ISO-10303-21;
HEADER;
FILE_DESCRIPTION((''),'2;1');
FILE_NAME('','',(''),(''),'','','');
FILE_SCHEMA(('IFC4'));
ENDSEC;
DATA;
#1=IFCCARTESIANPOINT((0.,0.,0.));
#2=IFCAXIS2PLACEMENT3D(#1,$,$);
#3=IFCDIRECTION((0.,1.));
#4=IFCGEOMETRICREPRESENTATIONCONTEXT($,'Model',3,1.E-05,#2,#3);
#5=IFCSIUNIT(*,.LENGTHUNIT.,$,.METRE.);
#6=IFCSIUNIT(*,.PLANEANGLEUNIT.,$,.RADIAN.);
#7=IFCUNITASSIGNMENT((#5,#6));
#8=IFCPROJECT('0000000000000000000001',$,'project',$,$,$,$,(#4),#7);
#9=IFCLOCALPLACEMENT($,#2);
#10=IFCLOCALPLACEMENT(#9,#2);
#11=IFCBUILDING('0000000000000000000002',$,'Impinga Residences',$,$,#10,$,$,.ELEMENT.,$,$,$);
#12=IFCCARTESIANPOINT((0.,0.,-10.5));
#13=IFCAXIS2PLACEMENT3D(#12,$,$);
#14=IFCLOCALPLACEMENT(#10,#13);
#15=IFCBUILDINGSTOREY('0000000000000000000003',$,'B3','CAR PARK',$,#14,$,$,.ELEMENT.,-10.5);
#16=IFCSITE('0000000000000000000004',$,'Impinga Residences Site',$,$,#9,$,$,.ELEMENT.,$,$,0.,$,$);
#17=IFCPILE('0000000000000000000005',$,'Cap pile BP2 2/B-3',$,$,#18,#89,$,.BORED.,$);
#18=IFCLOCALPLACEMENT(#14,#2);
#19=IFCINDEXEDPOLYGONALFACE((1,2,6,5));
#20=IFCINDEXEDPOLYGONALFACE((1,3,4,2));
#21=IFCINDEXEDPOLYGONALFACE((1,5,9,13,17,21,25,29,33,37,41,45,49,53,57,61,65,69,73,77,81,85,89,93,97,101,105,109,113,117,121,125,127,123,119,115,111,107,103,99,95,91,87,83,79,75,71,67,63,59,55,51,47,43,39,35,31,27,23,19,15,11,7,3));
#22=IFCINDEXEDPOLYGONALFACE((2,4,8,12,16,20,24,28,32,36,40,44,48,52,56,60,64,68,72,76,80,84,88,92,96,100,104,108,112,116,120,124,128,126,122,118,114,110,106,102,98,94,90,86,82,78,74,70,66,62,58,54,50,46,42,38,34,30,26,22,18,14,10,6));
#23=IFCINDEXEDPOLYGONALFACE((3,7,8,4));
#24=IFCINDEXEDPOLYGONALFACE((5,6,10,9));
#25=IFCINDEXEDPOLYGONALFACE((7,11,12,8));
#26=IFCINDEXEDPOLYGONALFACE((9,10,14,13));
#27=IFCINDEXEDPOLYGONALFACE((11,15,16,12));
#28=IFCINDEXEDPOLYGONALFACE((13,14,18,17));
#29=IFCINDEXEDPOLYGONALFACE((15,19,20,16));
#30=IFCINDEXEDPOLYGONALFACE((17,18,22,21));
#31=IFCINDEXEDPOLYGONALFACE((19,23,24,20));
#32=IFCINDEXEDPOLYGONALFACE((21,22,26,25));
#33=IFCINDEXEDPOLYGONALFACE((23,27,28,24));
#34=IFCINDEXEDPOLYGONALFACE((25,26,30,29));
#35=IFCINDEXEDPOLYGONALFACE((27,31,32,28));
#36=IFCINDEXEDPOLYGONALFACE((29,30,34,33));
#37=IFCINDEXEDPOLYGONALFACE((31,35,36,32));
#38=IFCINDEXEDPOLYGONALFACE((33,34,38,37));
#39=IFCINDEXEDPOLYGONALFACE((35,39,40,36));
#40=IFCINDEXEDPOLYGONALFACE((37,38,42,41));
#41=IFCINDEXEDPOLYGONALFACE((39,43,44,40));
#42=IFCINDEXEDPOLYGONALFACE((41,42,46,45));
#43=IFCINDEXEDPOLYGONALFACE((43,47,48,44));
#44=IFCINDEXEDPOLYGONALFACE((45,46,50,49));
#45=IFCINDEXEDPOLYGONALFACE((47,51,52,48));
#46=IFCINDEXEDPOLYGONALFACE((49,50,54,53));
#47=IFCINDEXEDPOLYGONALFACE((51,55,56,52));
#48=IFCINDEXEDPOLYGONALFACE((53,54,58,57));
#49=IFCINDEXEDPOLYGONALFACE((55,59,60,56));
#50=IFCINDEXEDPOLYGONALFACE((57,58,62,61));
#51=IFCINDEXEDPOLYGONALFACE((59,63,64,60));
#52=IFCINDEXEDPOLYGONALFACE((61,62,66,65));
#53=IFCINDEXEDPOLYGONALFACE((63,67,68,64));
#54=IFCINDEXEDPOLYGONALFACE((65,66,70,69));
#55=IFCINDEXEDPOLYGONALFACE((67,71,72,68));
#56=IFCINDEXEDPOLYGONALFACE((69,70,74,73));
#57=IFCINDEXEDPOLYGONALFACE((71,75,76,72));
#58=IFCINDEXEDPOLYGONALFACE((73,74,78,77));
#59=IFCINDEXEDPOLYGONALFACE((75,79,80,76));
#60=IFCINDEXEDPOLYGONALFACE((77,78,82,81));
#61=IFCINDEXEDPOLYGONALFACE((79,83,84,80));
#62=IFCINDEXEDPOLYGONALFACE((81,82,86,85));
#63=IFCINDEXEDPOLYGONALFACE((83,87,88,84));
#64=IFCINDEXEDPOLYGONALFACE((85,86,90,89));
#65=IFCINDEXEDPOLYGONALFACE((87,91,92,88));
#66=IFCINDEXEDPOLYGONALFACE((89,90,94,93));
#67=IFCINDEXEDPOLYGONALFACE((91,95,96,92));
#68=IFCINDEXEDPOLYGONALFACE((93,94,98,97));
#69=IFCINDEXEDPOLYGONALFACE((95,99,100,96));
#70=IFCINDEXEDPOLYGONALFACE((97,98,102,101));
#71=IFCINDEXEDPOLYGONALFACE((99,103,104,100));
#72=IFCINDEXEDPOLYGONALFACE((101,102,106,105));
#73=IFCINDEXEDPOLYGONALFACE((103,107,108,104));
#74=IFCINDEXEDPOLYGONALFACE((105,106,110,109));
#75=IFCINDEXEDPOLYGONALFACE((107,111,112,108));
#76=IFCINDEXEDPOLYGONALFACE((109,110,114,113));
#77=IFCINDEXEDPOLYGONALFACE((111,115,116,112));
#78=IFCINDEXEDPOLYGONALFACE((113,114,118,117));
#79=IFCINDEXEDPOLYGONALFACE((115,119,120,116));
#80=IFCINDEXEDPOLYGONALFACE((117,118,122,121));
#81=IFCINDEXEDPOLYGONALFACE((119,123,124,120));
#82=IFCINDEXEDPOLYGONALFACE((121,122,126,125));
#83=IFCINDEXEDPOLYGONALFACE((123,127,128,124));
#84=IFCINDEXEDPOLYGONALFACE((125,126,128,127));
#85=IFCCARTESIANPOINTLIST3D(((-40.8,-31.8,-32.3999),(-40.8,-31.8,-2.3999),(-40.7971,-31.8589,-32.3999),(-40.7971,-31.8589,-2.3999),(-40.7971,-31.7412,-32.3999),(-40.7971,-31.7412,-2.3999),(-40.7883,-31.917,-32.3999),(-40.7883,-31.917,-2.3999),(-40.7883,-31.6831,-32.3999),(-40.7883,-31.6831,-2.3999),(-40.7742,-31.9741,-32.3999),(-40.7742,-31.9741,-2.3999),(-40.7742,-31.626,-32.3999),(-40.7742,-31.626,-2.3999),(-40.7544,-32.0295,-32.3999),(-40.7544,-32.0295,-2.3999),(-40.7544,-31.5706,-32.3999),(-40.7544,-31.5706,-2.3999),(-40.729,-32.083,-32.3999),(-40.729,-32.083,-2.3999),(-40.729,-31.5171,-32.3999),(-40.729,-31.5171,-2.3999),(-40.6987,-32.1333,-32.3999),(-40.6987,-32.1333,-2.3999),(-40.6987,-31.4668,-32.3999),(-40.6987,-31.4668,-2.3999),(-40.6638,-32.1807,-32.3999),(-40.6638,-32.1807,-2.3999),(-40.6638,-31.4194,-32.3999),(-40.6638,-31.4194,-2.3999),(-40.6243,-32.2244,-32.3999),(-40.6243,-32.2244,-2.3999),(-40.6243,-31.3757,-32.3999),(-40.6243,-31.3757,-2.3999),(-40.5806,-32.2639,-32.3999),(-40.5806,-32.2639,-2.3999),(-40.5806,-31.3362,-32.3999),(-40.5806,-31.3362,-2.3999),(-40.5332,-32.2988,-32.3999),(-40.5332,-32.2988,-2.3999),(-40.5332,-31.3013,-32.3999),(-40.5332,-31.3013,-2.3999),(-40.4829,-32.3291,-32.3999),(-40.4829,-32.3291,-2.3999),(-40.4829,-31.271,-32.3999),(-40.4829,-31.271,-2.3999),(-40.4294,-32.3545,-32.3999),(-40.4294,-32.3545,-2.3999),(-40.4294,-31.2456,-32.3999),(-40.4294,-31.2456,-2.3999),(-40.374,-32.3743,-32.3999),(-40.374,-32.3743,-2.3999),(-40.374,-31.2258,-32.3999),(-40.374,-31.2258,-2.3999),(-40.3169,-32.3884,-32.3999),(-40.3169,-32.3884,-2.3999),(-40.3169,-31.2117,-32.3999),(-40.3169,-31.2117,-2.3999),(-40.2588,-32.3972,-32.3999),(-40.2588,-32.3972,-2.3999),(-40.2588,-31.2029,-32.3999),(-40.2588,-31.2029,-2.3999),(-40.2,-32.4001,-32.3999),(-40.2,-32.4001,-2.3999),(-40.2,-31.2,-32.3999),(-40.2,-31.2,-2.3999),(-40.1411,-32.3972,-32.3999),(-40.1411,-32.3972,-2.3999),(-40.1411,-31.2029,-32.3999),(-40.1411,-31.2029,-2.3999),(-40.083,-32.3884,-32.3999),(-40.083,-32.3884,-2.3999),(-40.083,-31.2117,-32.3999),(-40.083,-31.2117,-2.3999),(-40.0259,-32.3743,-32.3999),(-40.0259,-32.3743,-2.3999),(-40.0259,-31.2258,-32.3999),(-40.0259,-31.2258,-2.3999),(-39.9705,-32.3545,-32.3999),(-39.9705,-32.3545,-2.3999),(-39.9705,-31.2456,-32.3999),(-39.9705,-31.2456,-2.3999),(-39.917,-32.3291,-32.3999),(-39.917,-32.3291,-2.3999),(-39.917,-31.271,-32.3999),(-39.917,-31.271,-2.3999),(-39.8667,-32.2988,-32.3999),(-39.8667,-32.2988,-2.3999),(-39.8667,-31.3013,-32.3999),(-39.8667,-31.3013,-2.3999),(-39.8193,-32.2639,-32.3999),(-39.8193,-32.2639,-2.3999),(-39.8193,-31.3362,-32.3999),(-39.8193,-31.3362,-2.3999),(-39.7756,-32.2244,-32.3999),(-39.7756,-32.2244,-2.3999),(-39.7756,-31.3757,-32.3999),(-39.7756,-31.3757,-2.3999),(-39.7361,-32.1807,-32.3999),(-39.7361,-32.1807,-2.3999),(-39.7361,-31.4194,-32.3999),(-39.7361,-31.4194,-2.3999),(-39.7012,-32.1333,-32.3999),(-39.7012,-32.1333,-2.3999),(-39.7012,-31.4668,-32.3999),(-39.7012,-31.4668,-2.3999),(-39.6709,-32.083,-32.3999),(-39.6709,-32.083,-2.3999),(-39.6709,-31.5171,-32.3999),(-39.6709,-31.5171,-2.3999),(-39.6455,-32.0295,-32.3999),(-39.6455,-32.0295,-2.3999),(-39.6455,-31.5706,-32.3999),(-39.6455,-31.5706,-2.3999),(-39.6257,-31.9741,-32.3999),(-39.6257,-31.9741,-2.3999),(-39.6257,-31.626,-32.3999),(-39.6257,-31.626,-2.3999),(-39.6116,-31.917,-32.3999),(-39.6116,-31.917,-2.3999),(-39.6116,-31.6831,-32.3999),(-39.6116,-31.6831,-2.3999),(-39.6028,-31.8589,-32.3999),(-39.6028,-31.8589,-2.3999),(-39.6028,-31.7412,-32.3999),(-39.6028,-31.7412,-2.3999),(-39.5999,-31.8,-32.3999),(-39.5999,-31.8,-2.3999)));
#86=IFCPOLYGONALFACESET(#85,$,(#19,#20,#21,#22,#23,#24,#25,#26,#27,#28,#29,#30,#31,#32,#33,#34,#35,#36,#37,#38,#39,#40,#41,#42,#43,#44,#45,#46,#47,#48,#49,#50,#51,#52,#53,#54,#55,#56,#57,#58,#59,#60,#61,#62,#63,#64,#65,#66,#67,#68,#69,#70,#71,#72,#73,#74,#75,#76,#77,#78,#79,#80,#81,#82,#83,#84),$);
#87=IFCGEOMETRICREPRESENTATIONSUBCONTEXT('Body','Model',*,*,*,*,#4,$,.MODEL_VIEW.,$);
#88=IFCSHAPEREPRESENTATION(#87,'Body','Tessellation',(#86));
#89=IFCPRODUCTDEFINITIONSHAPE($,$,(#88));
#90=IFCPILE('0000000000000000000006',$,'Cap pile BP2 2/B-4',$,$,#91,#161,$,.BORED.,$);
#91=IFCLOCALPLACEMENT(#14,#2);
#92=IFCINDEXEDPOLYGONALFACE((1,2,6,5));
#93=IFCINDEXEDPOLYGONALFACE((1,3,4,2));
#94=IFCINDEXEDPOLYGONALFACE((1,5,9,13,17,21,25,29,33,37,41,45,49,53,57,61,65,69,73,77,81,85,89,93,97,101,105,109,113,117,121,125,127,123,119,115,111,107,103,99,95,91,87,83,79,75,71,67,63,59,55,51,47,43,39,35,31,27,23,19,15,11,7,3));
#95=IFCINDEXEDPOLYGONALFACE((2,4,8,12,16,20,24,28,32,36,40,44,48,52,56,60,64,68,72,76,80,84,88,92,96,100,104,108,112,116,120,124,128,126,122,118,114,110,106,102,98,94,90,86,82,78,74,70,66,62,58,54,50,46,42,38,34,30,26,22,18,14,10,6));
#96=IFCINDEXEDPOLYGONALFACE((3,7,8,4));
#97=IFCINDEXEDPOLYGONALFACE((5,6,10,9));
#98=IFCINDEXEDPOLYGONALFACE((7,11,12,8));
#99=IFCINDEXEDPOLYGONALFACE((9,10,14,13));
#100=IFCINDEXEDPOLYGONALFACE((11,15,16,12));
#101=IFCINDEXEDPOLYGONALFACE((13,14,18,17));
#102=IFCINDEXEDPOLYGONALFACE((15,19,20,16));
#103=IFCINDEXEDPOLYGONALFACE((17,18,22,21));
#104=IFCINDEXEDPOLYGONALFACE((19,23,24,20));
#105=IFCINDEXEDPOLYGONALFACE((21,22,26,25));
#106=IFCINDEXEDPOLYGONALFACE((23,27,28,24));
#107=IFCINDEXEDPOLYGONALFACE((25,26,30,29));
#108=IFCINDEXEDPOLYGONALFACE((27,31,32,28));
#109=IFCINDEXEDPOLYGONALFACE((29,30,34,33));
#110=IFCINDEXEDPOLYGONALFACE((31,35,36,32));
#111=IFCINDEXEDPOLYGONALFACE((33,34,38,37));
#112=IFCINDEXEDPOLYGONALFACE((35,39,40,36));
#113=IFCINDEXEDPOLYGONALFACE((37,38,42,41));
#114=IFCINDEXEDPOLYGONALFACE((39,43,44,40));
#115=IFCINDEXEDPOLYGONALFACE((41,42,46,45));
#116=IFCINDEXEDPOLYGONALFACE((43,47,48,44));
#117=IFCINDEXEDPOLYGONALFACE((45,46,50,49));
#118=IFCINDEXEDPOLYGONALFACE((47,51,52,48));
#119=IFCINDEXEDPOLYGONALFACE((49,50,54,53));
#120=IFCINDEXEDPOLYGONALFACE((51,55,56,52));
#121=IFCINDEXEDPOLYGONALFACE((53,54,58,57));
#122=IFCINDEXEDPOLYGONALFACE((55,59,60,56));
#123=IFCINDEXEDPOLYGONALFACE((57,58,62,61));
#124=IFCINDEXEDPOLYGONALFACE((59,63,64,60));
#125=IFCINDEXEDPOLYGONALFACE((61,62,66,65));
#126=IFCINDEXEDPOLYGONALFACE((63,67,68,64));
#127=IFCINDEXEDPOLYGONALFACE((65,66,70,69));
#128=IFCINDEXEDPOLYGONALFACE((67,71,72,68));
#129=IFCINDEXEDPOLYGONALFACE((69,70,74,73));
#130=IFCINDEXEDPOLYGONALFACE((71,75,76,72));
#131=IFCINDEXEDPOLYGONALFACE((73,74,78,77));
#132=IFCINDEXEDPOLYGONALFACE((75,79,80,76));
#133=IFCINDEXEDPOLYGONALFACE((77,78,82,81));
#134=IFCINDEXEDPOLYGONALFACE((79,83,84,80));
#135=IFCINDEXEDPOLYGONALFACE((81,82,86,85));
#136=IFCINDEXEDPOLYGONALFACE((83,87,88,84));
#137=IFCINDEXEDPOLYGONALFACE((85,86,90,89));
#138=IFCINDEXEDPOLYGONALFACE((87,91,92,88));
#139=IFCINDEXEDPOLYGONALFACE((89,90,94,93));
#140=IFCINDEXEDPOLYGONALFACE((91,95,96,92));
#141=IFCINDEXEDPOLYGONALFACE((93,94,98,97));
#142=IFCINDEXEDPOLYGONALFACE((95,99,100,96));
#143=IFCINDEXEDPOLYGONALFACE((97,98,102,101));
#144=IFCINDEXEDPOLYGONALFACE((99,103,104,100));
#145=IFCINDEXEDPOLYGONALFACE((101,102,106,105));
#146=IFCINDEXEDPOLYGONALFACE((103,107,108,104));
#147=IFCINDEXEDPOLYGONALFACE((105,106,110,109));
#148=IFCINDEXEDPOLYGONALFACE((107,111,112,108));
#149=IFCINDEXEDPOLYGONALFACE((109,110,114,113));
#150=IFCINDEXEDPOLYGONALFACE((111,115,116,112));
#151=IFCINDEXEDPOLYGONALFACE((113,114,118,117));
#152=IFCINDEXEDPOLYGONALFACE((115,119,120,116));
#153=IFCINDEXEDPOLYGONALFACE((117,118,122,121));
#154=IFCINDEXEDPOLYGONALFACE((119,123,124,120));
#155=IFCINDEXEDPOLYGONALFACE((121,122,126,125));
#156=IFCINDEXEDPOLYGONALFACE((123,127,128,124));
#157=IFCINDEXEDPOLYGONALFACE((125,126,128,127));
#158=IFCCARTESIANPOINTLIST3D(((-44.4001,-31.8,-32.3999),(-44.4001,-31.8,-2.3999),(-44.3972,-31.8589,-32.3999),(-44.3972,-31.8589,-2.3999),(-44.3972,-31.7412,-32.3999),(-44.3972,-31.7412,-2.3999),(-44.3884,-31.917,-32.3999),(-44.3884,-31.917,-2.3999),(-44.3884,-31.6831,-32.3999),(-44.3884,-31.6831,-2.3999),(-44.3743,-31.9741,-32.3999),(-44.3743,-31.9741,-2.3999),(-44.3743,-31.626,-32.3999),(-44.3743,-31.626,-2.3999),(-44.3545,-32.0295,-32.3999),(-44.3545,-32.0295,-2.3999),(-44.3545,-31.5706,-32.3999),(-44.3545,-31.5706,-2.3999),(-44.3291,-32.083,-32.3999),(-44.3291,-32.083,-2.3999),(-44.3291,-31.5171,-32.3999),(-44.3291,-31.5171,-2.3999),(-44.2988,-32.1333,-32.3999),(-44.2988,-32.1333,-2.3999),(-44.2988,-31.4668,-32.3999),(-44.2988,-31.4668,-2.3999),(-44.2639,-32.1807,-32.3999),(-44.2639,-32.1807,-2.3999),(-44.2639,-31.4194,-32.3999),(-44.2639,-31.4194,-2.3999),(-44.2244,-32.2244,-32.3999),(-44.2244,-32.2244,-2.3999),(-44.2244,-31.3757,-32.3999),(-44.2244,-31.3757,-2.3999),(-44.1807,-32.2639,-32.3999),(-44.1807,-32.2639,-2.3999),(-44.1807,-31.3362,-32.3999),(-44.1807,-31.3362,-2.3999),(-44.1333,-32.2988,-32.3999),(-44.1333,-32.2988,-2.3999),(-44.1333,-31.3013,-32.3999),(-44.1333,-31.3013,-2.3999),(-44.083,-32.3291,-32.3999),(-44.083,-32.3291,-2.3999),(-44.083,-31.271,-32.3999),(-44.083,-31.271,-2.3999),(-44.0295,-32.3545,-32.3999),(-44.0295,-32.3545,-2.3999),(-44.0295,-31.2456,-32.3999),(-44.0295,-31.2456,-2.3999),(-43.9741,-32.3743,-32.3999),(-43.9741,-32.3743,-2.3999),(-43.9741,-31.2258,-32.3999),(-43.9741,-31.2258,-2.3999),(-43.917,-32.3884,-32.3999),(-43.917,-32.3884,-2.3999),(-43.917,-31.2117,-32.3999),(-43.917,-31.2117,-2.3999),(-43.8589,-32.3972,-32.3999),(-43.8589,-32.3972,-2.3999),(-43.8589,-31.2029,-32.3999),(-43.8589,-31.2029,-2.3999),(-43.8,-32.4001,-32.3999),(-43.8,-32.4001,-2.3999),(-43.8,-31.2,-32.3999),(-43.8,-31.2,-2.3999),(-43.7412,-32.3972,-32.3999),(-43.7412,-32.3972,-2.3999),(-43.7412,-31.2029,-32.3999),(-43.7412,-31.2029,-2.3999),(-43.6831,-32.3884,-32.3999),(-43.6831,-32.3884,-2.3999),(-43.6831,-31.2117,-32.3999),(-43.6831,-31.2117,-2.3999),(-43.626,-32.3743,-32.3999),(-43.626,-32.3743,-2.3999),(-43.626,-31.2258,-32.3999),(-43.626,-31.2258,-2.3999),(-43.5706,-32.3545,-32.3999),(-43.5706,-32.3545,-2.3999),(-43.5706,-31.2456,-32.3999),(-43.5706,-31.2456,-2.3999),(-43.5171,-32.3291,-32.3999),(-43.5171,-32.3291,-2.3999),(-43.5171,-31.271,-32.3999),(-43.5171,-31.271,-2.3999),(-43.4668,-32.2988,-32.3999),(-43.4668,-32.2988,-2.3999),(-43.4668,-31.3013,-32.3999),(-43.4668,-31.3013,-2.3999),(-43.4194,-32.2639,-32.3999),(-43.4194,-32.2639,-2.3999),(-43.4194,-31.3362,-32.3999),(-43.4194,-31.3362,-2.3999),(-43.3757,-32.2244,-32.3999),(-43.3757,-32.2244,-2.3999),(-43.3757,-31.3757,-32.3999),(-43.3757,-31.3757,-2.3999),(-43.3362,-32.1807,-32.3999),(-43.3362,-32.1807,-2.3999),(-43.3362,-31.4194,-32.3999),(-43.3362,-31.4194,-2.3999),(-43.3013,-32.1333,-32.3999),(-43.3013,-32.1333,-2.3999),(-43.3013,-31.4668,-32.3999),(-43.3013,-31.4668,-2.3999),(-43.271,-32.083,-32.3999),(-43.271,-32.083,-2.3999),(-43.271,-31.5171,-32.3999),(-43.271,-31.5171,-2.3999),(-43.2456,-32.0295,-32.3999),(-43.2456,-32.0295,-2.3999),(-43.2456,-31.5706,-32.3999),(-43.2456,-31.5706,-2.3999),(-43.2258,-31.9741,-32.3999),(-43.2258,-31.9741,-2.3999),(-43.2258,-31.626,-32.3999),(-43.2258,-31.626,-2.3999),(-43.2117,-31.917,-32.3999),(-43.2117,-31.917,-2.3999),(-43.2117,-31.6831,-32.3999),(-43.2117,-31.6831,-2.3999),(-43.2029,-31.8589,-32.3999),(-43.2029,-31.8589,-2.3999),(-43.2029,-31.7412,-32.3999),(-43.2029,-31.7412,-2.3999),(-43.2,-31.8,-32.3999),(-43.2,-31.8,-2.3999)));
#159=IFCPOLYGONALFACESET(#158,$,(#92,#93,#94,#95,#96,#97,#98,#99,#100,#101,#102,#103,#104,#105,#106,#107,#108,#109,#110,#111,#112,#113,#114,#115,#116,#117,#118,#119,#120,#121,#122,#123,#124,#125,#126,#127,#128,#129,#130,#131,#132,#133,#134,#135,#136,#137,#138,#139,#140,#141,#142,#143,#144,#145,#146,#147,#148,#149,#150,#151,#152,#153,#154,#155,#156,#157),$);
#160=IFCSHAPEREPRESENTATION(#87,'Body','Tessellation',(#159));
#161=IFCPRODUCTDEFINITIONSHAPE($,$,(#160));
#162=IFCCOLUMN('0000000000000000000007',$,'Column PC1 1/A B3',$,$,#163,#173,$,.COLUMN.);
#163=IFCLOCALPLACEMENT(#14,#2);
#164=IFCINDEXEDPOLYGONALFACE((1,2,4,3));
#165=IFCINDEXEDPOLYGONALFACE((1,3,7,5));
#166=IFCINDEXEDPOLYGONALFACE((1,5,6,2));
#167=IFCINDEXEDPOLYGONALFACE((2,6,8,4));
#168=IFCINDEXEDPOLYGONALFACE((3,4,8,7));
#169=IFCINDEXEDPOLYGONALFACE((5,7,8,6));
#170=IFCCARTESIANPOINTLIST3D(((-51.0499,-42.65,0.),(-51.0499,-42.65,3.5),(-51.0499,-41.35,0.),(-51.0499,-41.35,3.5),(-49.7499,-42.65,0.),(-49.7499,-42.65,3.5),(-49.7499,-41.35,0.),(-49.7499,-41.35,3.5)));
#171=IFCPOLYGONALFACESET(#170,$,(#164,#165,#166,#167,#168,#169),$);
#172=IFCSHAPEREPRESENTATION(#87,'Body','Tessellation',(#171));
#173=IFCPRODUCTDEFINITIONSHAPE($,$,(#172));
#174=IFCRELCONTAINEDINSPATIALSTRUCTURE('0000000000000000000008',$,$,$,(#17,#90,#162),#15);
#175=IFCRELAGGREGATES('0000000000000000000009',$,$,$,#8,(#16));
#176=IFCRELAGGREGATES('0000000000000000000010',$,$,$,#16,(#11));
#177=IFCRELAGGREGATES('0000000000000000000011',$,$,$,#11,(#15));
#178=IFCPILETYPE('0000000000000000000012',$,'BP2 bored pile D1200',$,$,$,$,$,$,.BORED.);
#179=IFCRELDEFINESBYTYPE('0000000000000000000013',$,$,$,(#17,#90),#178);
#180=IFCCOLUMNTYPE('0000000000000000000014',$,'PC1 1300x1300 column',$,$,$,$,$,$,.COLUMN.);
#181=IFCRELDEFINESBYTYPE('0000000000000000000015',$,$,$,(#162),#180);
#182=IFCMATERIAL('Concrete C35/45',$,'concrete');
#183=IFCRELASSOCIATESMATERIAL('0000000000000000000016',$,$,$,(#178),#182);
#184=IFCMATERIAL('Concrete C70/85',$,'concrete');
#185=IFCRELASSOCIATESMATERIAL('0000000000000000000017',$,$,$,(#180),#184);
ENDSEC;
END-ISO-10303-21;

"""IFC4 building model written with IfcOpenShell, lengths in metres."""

from ifc_helpers import new_model, si_unit, direction, frame, origin, origin_2d, place, context, subcontext, project, spatial, polyline, rectangle, circle, outline, extrude, material, material_profile, profile_set, type_object, element, save


model = new_model("IFC4")

# Units and contexts
model_context = context("Model", 3, precision=1e-05, world=origin(), true_north=direction((0.0, 1.0)))
body_context = subcontext(model_context, "Body", "Model", "MODEL_VIEW")
ifc_project = project(units=[si_unit("LENGTHUNIT", "METRE"), si_unit("PLANEANGLEUNIT", "RADIAN")], contexts=[model_context])

# Site, building, storey
site_placement = place(None, origin())
site = spatial("IfcSite", under=ifc_project, at=site_placement, Name="Impinga Residences Site", CompositionType="ELEMENT", RefElevation=0.0)
building_placement = place(site_placement, origin())
building = spatial("IfcBuilding", under=site, at=building_placement, Name="Impinga Residences", CompositionType="ELEMENT")
storey_placement = place(building_placement, frame((0.0, 0.0, -10.5)))
storey = spatial("IfcBuildingStorey", under=building, at=storey_placement, Name="B3", Description="CAR PARK", CompositionType="ELEMENT", Elevation=-10.5)

# Piles
ifc_material_1 = material(Name="Concrete C35/45", Category="concrete")
ifc_material_profile_1 = material_profile(ifc_material_1, circle(Radius=0.6001, at=origin_2d()), Name="D1200")
ifc_profile_set_1 = profile_set([ifc_material_profile_1], Name="Concrete C35/45")
pile_type_1 = type_object("IfcPileType", Name="BP2 bored pile D1200", PredefinedType="BORED", material=ifc_profile_set_1)
pile_1_placement = place(storey_placement, frame((-40.2, -31.8, -2.3999), z_axis=(0.0, 0.0, -1.0), x_axis=(1.0, 0.0, 0.0)))
element("IfcPile", 1, at=pile_1_placement, inside=storey, type_object=pile_type_1, Name="Cap pile BP2 2/B-3", PredefinedType="BORED", context=body_context, shape_type="SweptSolid", body=[
    extrude(outline(polyline([(0.6001, 0.0), (0.5972, 0.0588), (0.5884, 0.1169), (0.5742, 0.1741), (0.5544, 0.2295), (0.5291, 0.283), (0.4988, 0.3333), (0.4639, 0.3806), (0.4243, 0.4243), (0.3806, 0.4639), (0.3333, 0.4988), (0.283, 0.5291), (0.2295, 0.5544), (0.1741, 0.5742), (0.1169, 0.5884), (0.0588, 0.5972), (0.0, 0.6001), (-0.0588, 0.5972), (-0.1169, 0.5884), (-0.1741, 0.5742), (-0.2295, 0.5544), (-0.283, 0.5291), (-0.3333, 0.4988), (-0.3806, 0.4639), (-0.4243, 0.4243), (-0.4639, 0.3806), (-0.4988, 0.3333), (-0.5291, 0.283), (-0.5544, 0.2295), (-0.5742, 0.1741), (-0.5884, 0.1169), (-0.5972, 0.0588), (-0.6001, 0.0), (-0.5972, -0.0588), (-0.5884, -0.1169), (-0.5742, -0.1741), (-0.5544, -0.2295), (-0.5291, -0.283), (-0.4988, -0.3333), (-0.4639, -0.3806), (-0.4243, -0.4243), (-0.3806, -0.4639), (-0.3333, -0.4988), (-0.283, -0.5291), (-0.2295, -0.5544), (-0.1741, -0.5742), (-0.1169, -0.5884), (-0.0588, -0.5972), (0.0, -0.6001), (0.0588, -0.5972), (0.1169, -0.5884), (0.1741, -0.5742), (0.2295, -0.5544), (0.283, -0.5291), (0.3333, -0.4988), (0.3806, -0.4639), (0.4243, -0.4243), (0.4639, -0.3806), (0.4988, -0.3333), (0.5291, -0.283), (0.5544, -0.2295), (0.5742, -0.1741), (0.5884, -0.1169), (0.5972, -0.0588), (0.6001, 0.0)])), origin(), (0.0, 0.0, 1.0), 30.0),
])
pile_2_placement = place(storey_placement, frame((-43.8, -31.8, -2.3999), z_axis=(0.0, 0.0, -1.0), x_axis=(1.0, 0.0, 0.0)))
element("IfcPile", 2, at=pile_2_placement, inside=storey, type_object=pile_type_1, Name="Cap pile BP2 2/B-4", PredefinedType="BORED", context=body_context, shape_type="SweptSolid", body=[
    extrude(outline(polyline([(0.6001, 0.0), (0.5972, 0.0588), (0.5884, 0.1169), (0.5742, 0.1741), (0.5544, 0.2295), (0.5291, 0.283), (0.4988, 0.3333), (0.4639, 0.3806), (0.4243, 0.4243), (0.3806, 0.4639), (0.3333, 0.4988), (0.283, 0.5291), (0.2295, 0.5544), (0.1741, 0.5742), (0.1169, 0.5884), (0.0588, 0.5972), (0.0, 0.6001), (-0.0588, 0.5972), (-0.1169, 0.5884), (-0.1741, 0.5742), (-0.2295, 0.5544), (-0.283, 0.5291), (-0.3333, 0.4988), (-0.3806, 0.4639), (-0.4243, 0.4243), (-0.4639, 0.3806), (-0.4988, 0.3333), (-0.5291, 0.283), (-0.5544, 0.2295), (-0.5742, 0.1741), (-0.5884, 0.1169), (-0.5972, 0.0588), (-0.6001, 0.0), (-0.5972, -0.0588), (-0.5884, -0.1169), (-0.5742, -0.1741), (-0.5544, -0.2295), (-0.5291, -0.283), (-0.4988, -0.3333), (-0.4639, -0.3806), (-0.4243, -0.4243), (-0.3806, -0.4639), (-0.3333, -0.4988), (-0.283, -0.5291), (-0.2295, -0.5544), (-0.1741, -0.5742), (-0.1169, -0.5884), (-0.0588, -0.5972), (0.0, -0.6001), (0.0588, -0.5972), (0.1169, -0.5884), (0.1741, -0.5742), (0.2295, -0.5544), (0.283, -0.5291), (0.3333, -0.4988), (0.3806, -0.4639), (0.4243, -0.4243), (0.4639, -0.3806), (0.4988, -0.3333), (0.5291, -0.283), (0.5544, -0.2295), (0.5742, -0.1741), (0.5884, -0.1169), (0.5972, -0.0588), (0.6001, 0.0)])), origin(), (0.0, 0.0, 1.0), 30.0),
])

# Column
ifc_material_2 = material(Name="Concrete C70/85", Category="concrete")
ifc_material_profile_2 = material_profile(ifc_material_2, rectangle(XDim=1.3, YDim=1.3, at=origin_2d()), Name="RC 1300x1300")
ifc_profile_set_2 = profile_set([ifc_material_profile_2], Name="Concrete C70/85")
column_type = type_object("IfcColumnType", Name="PC1 1300x1300 column", PredefinedType="COLUMN", material=ifc_profile_set_2)
for number, where, z_axis, x_axis, name in (
    (3, (-50.3999, -42.0, 0.0), (0.0, 0.0, 1.0), (1.0, 0.0, 0.0), "Column PC1 1/A B3"),
):
    element("IfcColumn", number, at=place(storey_placement, frame(where, z_axis=z_axis, x_axis=x_axis)), inside=storey, type_object=column_type, Name=name, PredefinedType="COLUMN", context=body_context, shape_type="SweptSolid", body=[
        extrude(rectangle(XDim=1.3, YDim=1.3, at=origin_2d()), origin(), (0.0, 0.0, 1.0), 3.5),
    ])

save(model, "model.ifc")
